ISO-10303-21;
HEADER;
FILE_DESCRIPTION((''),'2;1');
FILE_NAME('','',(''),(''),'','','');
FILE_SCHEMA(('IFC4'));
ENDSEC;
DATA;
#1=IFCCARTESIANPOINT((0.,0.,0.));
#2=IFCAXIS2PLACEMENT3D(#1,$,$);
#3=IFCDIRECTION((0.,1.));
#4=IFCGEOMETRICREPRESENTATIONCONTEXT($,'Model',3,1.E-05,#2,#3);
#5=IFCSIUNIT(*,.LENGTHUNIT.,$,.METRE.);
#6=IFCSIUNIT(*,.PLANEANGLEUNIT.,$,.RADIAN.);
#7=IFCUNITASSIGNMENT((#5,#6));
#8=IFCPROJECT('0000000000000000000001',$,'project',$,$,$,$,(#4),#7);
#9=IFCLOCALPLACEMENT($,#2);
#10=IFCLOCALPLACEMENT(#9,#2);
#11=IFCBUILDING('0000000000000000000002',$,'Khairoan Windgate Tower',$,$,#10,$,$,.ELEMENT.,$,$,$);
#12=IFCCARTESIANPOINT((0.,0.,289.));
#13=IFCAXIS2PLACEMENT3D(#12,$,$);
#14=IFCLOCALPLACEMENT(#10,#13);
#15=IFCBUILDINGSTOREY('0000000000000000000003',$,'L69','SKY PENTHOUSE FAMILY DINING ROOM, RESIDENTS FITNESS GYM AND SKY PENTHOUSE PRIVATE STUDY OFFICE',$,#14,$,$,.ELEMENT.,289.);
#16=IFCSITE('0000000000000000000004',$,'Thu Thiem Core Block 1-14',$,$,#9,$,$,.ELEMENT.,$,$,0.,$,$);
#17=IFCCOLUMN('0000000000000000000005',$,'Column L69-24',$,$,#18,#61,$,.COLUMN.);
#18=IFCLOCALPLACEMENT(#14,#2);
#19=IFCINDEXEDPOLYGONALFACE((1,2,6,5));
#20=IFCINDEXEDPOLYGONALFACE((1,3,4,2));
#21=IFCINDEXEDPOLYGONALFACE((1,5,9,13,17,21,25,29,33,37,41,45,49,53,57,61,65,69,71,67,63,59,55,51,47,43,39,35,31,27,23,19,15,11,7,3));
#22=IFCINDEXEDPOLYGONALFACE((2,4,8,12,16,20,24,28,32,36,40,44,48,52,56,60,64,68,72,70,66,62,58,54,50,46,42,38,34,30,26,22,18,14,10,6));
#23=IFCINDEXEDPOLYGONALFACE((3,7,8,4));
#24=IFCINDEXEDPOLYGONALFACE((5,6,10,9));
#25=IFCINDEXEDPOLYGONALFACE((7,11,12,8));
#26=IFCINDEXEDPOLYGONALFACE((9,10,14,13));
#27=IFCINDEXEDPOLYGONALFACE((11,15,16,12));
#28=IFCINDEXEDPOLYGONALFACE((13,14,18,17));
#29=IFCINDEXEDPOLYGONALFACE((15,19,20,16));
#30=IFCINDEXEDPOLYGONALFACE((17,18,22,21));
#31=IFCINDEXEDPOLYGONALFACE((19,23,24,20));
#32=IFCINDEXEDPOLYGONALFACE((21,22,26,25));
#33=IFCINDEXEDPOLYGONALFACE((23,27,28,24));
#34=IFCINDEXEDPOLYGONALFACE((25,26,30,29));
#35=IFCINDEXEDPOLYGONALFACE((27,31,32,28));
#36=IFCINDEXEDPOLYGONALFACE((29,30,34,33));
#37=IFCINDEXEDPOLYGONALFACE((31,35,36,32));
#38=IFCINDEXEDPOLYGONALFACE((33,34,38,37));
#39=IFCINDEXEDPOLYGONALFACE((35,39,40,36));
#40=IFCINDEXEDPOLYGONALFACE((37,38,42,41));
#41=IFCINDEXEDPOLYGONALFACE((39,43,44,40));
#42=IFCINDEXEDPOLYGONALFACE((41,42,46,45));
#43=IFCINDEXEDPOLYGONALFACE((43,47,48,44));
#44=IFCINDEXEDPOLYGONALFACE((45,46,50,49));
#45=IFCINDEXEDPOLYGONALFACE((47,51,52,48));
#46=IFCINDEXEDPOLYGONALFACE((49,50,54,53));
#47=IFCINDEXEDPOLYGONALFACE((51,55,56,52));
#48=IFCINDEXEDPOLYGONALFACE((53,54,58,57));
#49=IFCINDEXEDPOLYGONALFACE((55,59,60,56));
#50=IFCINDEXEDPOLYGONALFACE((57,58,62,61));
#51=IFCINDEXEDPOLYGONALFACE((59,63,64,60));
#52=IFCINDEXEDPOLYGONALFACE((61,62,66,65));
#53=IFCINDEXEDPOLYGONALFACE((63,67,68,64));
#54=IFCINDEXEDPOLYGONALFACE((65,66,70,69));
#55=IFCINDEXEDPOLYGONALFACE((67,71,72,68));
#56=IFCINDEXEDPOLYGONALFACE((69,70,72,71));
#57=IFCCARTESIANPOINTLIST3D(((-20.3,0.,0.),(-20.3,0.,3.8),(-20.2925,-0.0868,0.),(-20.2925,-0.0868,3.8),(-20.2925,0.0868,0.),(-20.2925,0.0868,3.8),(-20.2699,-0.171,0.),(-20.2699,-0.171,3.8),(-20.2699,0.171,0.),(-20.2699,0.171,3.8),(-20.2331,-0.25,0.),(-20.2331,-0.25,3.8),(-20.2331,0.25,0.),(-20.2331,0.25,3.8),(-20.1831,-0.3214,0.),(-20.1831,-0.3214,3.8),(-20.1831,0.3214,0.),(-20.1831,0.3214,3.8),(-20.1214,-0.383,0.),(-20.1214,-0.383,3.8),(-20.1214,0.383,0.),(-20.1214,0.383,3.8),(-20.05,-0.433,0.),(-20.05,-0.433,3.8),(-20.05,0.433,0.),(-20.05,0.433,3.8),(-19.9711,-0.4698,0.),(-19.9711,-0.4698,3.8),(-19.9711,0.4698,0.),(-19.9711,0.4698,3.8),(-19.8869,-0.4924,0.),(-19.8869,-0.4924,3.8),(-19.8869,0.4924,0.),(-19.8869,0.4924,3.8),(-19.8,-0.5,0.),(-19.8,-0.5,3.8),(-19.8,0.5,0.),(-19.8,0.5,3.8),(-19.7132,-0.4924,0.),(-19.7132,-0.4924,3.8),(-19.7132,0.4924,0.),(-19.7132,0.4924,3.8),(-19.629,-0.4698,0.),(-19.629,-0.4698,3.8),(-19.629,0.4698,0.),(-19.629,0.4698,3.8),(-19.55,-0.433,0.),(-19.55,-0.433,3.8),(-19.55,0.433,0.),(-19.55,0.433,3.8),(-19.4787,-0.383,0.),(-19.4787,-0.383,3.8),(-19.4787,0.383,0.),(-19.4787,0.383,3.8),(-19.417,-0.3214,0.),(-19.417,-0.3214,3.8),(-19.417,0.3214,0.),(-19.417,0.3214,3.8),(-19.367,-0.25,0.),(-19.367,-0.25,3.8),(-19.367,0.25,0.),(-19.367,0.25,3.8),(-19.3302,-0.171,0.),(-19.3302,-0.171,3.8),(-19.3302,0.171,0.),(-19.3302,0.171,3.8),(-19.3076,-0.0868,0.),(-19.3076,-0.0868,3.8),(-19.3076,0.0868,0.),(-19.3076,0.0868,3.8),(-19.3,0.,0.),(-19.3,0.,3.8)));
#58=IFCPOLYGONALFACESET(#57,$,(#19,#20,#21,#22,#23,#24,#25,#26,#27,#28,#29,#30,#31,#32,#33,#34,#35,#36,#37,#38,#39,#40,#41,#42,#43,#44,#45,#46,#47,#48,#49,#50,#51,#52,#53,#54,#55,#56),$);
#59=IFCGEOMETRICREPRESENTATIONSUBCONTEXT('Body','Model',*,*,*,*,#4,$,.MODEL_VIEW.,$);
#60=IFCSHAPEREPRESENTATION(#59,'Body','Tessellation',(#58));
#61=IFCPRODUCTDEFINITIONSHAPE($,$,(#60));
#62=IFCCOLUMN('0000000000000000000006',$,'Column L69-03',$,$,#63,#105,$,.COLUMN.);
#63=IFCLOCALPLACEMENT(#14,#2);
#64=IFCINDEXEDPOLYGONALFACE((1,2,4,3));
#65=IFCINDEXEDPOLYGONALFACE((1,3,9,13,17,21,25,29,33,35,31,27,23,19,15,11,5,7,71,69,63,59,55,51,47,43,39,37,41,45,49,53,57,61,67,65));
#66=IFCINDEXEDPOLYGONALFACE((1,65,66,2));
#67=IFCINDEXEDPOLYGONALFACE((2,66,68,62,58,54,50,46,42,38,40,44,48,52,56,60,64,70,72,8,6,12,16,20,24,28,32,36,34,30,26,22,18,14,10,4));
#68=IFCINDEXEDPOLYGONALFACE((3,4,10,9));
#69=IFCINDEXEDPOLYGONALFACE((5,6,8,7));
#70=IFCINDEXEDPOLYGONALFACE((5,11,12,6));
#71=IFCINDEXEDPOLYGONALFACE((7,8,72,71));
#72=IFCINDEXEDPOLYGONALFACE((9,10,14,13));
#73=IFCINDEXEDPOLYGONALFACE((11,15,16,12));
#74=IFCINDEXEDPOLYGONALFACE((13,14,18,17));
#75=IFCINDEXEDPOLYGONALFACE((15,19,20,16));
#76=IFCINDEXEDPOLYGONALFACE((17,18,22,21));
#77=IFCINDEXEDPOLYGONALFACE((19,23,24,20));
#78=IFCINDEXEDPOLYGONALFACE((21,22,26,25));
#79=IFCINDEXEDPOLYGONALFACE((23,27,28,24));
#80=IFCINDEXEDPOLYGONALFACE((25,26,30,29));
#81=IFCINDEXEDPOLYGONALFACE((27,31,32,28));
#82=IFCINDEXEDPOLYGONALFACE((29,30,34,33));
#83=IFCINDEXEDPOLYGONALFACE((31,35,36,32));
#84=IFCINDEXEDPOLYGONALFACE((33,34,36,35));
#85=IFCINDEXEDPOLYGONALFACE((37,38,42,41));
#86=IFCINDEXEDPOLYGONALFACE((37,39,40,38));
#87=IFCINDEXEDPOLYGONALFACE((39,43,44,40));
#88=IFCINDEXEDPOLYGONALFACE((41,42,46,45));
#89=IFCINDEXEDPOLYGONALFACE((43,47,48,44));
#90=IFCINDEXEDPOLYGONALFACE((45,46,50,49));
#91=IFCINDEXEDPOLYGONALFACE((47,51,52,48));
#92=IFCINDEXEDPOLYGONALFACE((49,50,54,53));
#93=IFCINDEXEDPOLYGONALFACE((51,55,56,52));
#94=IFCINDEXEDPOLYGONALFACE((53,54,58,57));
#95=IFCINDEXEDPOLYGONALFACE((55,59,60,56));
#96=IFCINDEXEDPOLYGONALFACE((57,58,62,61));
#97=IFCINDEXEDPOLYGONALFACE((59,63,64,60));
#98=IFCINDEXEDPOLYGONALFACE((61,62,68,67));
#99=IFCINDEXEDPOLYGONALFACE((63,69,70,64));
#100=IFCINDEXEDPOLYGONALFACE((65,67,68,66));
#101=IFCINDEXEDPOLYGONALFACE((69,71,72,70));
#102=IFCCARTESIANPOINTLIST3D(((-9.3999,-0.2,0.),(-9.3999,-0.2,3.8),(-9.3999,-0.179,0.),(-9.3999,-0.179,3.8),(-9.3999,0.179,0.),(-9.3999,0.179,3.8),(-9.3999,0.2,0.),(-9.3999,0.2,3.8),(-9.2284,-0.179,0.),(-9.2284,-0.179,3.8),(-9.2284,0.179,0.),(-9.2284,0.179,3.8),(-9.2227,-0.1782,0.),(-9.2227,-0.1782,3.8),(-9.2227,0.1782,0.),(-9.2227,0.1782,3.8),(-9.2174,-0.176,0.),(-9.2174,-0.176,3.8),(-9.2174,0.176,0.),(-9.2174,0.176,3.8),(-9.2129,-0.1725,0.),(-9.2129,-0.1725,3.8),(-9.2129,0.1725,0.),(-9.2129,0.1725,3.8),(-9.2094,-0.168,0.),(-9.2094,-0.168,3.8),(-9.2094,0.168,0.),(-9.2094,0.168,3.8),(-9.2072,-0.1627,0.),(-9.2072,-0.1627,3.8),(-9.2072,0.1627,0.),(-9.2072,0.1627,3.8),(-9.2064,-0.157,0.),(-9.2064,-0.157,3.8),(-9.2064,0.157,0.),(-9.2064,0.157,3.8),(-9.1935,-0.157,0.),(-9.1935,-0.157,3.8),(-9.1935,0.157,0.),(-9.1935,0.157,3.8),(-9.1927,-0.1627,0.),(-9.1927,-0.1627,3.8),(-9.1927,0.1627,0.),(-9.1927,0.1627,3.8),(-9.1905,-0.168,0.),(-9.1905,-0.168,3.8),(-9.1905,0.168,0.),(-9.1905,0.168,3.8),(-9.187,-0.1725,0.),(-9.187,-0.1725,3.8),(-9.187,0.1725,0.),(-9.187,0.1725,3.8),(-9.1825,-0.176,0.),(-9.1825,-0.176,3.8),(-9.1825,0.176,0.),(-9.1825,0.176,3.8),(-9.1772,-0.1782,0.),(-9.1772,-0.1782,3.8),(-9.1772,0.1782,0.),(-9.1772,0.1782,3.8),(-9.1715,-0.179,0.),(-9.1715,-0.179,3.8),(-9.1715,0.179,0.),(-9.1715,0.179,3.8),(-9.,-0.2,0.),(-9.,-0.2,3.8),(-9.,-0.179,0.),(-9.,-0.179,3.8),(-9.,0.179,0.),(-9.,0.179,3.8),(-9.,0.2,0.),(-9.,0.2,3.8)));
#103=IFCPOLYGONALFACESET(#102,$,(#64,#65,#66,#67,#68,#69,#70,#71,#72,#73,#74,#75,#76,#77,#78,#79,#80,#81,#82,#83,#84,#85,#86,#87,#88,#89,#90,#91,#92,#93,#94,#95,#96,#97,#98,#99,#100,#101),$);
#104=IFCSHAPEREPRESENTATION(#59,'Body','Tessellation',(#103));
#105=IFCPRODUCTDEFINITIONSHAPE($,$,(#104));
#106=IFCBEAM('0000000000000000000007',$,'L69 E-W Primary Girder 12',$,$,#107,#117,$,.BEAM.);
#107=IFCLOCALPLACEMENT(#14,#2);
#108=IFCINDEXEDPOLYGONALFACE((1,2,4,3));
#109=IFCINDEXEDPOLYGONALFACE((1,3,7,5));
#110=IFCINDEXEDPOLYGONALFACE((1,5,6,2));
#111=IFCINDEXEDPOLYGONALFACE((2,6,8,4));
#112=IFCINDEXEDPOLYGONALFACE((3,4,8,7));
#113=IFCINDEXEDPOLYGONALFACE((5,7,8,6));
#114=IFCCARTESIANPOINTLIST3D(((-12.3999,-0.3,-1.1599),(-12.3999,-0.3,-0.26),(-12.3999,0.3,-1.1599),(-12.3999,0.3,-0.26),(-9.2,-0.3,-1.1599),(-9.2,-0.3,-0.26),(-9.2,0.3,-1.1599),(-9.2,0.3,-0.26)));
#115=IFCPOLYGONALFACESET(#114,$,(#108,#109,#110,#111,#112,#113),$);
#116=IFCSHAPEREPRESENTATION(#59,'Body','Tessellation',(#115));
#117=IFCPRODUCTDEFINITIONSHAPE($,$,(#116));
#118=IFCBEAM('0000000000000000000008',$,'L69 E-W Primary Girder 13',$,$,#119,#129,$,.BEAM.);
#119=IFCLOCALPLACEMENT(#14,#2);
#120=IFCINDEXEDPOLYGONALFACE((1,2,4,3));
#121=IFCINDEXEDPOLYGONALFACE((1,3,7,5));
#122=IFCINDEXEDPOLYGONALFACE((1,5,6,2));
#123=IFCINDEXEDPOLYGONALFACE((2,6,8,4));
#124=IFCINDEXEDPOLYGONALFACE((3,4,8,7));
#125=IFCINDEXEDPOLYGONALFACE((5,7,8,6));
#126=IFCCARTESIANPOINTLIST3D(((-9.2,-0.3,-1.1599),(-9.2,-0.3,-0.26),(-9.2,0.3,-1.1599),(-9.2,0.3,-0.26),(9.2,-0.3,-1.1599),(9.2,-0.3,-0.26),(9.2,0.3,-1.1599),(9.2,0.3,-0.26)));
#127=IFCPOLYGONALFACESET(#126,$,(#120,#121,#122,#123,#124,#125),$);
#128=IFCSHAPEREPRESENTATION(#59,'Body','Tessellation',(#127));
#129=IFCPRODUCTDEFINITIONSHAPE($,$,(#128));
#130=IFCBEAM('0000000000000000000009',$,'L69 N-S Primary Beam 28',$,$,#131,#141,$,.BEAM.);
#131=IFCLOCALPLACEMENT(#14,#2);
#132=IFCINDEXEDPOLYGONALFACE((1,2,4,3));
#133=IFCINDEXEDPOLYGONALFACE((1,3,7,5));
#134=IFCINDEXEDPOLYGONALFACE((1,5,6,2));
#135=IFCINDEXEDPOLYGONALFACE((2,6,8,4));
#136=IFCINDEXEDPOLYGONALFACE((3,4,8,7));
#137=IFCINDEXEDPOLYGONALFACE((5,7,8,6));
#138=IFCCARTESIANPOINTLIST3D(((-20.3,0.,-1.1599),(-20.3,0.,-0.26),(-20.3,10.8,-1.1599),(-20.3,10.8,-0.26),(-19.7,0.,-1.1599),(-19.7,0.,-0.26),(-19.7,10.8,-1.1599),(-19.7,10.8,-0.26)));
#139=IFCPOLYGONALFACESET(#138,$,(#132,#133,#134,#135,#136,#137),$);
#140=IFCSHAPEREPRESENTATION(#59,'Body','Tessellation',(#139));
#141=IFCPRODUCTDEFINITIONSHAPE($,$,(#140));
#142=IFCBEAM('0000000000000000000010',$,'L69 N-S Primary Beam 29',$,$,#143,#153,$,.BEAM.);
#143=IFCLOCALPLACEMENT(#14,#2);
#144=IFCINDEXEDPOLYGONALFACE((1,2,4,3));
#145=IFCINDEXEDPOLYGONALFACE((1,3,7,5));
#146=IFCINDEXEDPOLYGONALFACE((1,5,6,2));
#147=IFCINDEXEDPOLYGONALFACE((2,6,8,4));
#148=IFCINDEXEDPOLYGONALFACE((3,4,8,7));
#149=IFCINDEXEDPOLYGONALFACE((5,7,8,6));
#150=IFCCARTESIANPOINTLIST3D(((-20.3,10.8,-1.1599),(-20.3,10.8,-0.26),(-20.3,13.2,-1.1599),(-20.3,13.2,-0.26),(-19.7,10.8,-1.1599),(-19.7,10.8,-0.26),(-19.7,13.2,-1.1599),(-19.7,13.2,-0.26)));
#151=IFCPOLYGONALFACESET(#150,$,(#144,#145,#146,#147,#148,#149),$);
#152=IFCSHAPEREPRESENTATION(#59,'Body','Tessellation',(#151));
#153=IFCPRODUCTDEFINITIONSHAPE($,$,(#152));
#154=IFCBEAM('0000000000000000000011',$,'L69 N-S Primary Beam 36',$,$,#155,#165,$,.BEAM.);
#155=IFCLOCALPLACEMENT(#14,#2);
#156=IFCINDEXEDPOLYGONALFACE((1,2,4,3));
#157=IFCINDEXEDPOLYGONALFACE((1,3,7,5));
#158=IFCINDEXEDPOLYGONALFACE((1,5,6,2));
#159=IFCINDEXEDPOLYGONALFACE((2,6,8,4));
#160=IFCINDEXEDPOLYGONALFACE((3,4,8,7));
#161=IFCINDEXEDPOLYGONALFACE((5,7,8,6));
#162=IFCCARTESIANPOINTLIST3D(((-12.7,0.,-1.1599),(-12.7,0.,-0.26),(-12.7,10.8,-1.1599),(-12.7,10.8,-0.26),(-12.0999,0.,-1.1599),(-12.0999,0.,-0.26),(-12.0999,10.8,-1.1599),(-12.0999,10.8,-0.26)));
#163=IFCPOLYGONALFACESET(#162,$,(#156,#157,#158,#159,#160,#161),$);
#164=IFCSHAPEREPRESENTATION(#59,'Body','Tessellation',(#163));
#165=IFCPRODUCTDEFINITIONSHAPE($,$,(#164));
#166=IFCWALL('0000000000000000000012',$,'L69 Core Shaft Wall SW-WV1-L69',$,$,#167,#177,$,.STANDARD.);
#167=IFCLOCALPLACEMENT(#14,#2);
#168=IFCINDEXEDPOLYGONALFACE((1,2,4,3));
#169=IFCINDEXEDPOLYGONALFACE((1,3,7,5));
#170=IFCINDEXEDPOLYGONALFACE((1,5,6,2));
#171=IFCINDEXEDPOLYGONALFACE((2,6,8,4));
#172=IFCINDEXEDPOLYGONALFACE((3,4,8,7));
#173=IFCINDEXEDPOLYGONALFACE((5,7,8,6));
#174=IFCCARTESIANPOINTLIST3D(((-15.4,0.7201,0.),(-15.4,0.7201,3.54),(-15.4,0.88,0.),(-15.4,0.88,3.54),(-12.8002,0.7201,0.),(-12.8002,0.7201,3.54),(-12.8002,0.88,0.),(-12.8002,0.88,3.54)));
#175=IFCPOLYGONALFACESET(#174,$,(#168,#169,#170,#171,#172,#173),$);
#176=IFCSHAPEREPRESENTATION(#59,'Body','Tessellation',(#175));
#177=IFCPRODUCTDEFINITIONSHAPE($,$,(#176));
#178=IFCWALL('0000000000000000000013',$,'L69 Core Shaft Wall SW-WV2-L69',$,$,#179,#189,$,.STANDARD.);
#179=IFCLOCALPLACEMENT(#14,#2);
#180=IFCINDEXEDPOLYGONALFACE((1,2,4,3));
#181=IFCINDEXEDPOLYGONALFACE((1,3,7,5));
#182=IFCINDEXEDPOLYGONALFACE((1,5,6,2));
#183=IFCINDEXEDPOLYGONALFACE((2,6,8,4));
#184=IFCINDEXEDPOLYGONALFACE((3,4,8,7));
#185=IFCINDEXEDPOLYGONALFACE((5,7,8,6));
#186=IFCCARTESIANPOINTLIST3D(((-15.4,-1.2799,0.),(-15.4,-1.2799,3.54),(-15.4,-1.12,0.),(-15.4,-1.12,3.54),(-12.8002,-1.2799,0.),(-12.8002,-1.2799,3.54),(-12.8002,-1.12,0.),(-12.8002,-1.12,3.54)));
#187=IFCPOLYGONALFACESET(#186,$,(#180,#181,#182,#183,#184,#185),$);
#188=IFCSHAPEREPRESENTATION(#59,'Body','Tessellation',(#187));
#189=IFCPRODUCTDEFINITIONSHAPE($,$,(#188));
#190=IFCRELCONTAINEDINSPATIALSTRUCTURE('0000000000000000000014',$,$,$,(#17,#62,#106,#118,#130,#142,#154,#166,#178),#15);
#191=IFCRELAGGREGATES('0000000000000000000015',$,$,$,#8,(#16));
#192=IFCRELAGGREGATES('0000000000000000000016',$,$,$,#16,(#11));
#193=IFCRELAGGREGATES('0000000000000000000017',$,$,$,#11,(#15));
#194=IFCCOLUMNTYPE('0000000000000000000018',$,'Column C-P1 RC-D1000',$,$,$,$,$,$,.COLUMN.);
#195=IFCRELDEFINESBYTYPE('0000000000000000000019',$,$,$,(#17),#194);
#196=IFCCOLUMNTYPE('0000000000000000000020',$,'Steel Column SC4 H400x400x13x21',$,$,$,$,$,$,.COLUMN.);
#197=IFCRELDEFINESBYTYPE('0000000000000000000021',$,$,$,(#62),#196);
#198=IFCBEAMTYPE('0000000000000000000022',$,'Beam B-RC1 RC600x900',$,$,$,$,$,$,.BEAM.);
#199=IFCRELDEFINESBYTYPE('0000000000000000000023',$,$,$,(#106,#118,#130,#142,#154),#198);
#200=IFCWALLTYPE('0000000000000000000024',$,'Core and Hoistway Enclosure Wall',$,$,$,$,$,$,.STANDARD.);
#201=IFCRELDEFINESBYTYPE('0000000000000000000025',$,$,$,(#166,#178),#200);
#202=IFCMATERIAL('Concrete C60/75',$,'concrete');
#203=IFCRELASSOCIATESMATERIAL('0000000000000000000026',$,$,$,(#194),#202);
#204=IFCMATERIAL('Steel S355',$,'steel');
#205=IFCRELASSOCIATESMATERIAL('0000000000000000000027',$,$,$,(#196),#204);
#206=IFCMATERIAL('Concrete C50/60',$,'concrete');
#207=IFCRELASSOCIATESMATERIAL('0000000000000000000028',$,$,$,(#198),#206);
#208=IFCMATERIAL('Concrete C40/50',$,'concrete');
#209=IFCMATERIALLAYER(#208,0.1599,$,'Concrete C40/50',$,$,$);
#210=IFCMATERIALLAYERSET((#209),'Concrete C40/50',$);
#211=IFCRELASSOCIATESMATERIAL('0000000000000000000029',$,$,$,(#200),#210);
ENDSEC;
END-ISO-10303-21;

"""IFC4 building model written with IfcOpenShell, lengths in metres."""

from ifc_helpers import new_model, si_unit, direction, frame, frame_2d, origin, origin_2d, place, context, subcontext, project, spatial, rectangle, circle, i_section, extrude, material, layer, layer_set, material_profile, profile_set, type_object, element, save


model = new_model("IFC4")

# Units and contexts
model_context = context("Model", 3, precision=1e-05, world=origin(), true_north=direction((0.0, 1.0)))
body_context = subcontext(model_context, "Body", "Model", "MODEL_VIEW")
ifc_project = project(units=[si_unit("LENGTHUNIT", "METRE"), si_unit("PLANEANGLEUNIT", "RADIAN")], contexts=[model_context])

# Site, building, storey
site_placement = place(None, origin())
site = spatial("IfcSite", under=ifc_project, at=site_placement, Name="Thu Thiem Core Block 1-14", CompositionType="ELEMENT", RefElevation=0.0)
building_placement = place(site_placement, origin())
building = spatial("IfcBuilding", under=site, at=building_placement, Name="Khairoan Windgate Tower", CompositionType="ELEMENT")
storey_placement = place(building_placement, frame((0.0, 0.0, 289.0)))
storey = spatial("IfcBuildingStorey", under=building, at=storey_placement, Name="L69", Description="SKY PENTHOUSE FAMILY DINING ROOM, RESIDENTS FITNESS GYM AND SKY PENTHOUSE PRIVATE STUDY OFFICE", CompositionType="ELEMENT", Elevation=289.0)

# Columns
ifc_material_1 = material(Name="Concrete C60/75", Category="concrete")
ifc_material_profile_1 = material_profile(ifc_material_1, circle(Radius=0.5, at=origin_2d()))
ifc_profile_set_1 = profile_set([ifc_material_profile_1], Name="Concrete C60/75")
column_type_1 = type_object("IfcColumnType", Name="Column C-P1 RC-D1000", PredefinedType="COLUMN", material=ifc_profile_set_1)
column_1_placement = place(storey_placement, frame((-19.8, 0.0, 0.0), z_axis=(0.0, 0.0, 1.0), x_axis=(1.0, 0.0, 0.0)))
element("IfcColumn", 1, at=column_1_placement, inside=storey, type_object=column_type_1, Name="Column L69-24", PredefinedType="COLUMN", context=body_context, shape_type="SweptSolid", body=[
    extrude(circle(Radius=0.5, at=origin_2d()), origin(), (0.0, 0.0, 1.0), 3.8),
])
ifc_material_2 = material(Name="Steel S355", Category="steel")
ifc_material_profile_2 = material_profile(ifc_material_2, i_section(OverallWidth=0.3999, OverallDepth=0.3999, WebThickness=0.0129, FlangeThickness=0.021, FilletRadius=0.022, at=origin_2d()))
ifc_profile_set_2 = profile_set([ifc_material_profile_2], Name="Steel S355")
column_type_2 = type_object("IfcColumnType", Name="Steel Column SC4 H400x400x13x21", PredefinedType="COLUMN", material=ifc_profile_set_2)
column_2_placement = place(storey_placement, frame((-9.2, 0.0, 0.0), z_axis=(0.0, 0.0, 1.0), x_axis=(1.0, 0.0, 0.0)))
element("IfcColumn", 2, at=column_2_placement, inside=storey, type_object=column_type_2, Name="Column L69-03", PredefinedType="COLUMN", context=body_context, shape_type="SweptSolid", body=[
    extrude(i_section(OverallWidth=0.3999, OverallDepth=0.3999, WebThickness=0.0129, FlangeThickness=0.021, FilletRadius=0.022, at=origin_2d()), origin(), (0.0, 0.0, 1.0), 3.8),
])

# Beams
ifc_material_3 = material(Name="Concrete C50/60", Category="concrete")
ifc_material_profile_3 = material_profile(ifc_material_3, rectangle(XDim=0.6001, YDim=0.8999, at=origin_2d()))
ifc_profile_set_3 = profile_set([ifc_material_profile_3], Name="Concrete C50/60")
beam_type = type_object("IfcBeamType", Name="Beam B-RC1 RC600x900", PredefinedType="BEAM", material=ifc_profile_set_3)
beam_1_placement = place(storey_placement, frame((-12.3999, 0.0, -0.71), z_axis=(1.0, 0.0, 0.0), x_axis=(0.0, 1.0, 0.0)))
element("IfcBeam", 3, at=beam_1_placement, inside=storey, type_object=beam_type, Name="L69 E-W Primary Girder 12", PredefinedType="BEAM", context=body_context, shape_type="SweptSolid", body=[
    extrude(rectangle(XDim=0.6001, YDim=0.8999, at=origin_2d()), origin(), (0.0, 0.0, 1.0), 3.2),
])
beam_2_placement = place(storey_placement, frame((-9.2, 0.0, -0.71), z_axis=(1.0, 0.0, 0.0), x_axis=(0.0, 1.0, 0.0)))
element("IfcBeam", 4, at=beam_2_placement, inside=storey, type_object=beam_type, Name="L69 E-W Primary Girder 13", PredefinedType="BEAM", context=body_context, shape_type="SweptSolid", body=[
    extrude(rectangle(XDim=0.6001, YDim=0.8999, at=origin_2d()), origin(), (0.0, 0.0, 1.0), 18.3999),
])
beam_3_placement = place(storey_placement, frame((-20.0, 0.0, -0.71), z_axis=(0.0, 1.0, 0.0), x_axis=(-1.0, 0.0, 0.0)))
element("IfcBeam", 5, at=beam_3_placement, inside=storey, type_object=beam_type, Name="L69 N-S Primary Beam 28", PredefinedType="BEAM", context=body_context, shape_type="SweptSolid", body=[
    extrude(rectangle(XDim=0.6001, YDim=0.8999, at=origin_2d()), origin(), (0.0, 0.0, 1.0), 10.8),
])
beam_4_placement = place(storey_placement, frame((-20.0, 10.8, -0.71), z_axis=(0.0, 1.0, 0.0), x_axis=(-1.0, 0.0, 0.0)))
element("IfcBeam", 6, at=beam_4_placement, inside=storey, type_object=beam_type, Name="L69 N-S Primary Beam 29", PredefinedType="BEAM", context=body_context, shape_type="SweptSolid", body=[
    extrude(rectangle(XDim=0.6001, YDim=0.8999, at=origin_2d()), origin(), (0.0, 0.0, 1.0), 2.3999),
])
beam_5_placement = place(storey_placement, frame((-12.3999, 0.0, -0.71), z_axis=(0.0, 1.0, 0.0), x_axis=(-1.0, 0.0, 0.0)))
element("IfcBeam", 7, at=beam_5_placement, inside=storey, type_object=beam_type, Name="L69 N-S Primary Beam 36", PredefinedType="BEAM", context=body_context, shape_type="SweptSolid", body=[
    extrude(rectangle(XDim=0.6001, YDim=0.8999, at=origin_2d()), origin(), (0.0, 0.0, 1.0), 10.8),
])

# Walls
ifc_material_4 = material(Name="Concrete C40/50", Category="concrete")
ifc_layer_1 = layer(ifc_material_4, 0.1599, Name="Concrete C40/50")
ifc_layer_set_1 = layer_set([ifc_layer_1], Name="Concrete C40/50")
wall_type_1 = type_object("IfcWallType", Name="Core and Hoistway Enclosure Wall", PredefinedType="STANDARD", material=ifc_layer_set_1)
for number, where, z_axis, x_axis, name in (
    (8, (-15.3999, 0.8, 0.0), (0.0, 0.0, 1.0), (1.0, 0.0, 0.0), "L69 Core Shaft Wall SW-WV1-L69"),
    (9, (-15.3999, -1.2, 0.0), (0.0, 0.0, 1.0), (1.0, 0.0, 0.0), "L69 Core Shaft Wall SW-WV2-L69"),
):
    element("IfcWall", number, at=place(storey_placement, frame(where, z_axis=z_axis, x_axis=x_axis)), inside=storey, type_object=wall_type_1, Name=name, PredefinedType="STANDARD", context=body_context, shape_type="SweptSolid", body=[
        extrude(rectangle(XDim=2.5999, YDim=0.1599, at=frame_2d((1.2998, 0.0))), origin(), (0.0, 0.0, 1.0), 3.54),
    ])

save(model, "model.ifc")
